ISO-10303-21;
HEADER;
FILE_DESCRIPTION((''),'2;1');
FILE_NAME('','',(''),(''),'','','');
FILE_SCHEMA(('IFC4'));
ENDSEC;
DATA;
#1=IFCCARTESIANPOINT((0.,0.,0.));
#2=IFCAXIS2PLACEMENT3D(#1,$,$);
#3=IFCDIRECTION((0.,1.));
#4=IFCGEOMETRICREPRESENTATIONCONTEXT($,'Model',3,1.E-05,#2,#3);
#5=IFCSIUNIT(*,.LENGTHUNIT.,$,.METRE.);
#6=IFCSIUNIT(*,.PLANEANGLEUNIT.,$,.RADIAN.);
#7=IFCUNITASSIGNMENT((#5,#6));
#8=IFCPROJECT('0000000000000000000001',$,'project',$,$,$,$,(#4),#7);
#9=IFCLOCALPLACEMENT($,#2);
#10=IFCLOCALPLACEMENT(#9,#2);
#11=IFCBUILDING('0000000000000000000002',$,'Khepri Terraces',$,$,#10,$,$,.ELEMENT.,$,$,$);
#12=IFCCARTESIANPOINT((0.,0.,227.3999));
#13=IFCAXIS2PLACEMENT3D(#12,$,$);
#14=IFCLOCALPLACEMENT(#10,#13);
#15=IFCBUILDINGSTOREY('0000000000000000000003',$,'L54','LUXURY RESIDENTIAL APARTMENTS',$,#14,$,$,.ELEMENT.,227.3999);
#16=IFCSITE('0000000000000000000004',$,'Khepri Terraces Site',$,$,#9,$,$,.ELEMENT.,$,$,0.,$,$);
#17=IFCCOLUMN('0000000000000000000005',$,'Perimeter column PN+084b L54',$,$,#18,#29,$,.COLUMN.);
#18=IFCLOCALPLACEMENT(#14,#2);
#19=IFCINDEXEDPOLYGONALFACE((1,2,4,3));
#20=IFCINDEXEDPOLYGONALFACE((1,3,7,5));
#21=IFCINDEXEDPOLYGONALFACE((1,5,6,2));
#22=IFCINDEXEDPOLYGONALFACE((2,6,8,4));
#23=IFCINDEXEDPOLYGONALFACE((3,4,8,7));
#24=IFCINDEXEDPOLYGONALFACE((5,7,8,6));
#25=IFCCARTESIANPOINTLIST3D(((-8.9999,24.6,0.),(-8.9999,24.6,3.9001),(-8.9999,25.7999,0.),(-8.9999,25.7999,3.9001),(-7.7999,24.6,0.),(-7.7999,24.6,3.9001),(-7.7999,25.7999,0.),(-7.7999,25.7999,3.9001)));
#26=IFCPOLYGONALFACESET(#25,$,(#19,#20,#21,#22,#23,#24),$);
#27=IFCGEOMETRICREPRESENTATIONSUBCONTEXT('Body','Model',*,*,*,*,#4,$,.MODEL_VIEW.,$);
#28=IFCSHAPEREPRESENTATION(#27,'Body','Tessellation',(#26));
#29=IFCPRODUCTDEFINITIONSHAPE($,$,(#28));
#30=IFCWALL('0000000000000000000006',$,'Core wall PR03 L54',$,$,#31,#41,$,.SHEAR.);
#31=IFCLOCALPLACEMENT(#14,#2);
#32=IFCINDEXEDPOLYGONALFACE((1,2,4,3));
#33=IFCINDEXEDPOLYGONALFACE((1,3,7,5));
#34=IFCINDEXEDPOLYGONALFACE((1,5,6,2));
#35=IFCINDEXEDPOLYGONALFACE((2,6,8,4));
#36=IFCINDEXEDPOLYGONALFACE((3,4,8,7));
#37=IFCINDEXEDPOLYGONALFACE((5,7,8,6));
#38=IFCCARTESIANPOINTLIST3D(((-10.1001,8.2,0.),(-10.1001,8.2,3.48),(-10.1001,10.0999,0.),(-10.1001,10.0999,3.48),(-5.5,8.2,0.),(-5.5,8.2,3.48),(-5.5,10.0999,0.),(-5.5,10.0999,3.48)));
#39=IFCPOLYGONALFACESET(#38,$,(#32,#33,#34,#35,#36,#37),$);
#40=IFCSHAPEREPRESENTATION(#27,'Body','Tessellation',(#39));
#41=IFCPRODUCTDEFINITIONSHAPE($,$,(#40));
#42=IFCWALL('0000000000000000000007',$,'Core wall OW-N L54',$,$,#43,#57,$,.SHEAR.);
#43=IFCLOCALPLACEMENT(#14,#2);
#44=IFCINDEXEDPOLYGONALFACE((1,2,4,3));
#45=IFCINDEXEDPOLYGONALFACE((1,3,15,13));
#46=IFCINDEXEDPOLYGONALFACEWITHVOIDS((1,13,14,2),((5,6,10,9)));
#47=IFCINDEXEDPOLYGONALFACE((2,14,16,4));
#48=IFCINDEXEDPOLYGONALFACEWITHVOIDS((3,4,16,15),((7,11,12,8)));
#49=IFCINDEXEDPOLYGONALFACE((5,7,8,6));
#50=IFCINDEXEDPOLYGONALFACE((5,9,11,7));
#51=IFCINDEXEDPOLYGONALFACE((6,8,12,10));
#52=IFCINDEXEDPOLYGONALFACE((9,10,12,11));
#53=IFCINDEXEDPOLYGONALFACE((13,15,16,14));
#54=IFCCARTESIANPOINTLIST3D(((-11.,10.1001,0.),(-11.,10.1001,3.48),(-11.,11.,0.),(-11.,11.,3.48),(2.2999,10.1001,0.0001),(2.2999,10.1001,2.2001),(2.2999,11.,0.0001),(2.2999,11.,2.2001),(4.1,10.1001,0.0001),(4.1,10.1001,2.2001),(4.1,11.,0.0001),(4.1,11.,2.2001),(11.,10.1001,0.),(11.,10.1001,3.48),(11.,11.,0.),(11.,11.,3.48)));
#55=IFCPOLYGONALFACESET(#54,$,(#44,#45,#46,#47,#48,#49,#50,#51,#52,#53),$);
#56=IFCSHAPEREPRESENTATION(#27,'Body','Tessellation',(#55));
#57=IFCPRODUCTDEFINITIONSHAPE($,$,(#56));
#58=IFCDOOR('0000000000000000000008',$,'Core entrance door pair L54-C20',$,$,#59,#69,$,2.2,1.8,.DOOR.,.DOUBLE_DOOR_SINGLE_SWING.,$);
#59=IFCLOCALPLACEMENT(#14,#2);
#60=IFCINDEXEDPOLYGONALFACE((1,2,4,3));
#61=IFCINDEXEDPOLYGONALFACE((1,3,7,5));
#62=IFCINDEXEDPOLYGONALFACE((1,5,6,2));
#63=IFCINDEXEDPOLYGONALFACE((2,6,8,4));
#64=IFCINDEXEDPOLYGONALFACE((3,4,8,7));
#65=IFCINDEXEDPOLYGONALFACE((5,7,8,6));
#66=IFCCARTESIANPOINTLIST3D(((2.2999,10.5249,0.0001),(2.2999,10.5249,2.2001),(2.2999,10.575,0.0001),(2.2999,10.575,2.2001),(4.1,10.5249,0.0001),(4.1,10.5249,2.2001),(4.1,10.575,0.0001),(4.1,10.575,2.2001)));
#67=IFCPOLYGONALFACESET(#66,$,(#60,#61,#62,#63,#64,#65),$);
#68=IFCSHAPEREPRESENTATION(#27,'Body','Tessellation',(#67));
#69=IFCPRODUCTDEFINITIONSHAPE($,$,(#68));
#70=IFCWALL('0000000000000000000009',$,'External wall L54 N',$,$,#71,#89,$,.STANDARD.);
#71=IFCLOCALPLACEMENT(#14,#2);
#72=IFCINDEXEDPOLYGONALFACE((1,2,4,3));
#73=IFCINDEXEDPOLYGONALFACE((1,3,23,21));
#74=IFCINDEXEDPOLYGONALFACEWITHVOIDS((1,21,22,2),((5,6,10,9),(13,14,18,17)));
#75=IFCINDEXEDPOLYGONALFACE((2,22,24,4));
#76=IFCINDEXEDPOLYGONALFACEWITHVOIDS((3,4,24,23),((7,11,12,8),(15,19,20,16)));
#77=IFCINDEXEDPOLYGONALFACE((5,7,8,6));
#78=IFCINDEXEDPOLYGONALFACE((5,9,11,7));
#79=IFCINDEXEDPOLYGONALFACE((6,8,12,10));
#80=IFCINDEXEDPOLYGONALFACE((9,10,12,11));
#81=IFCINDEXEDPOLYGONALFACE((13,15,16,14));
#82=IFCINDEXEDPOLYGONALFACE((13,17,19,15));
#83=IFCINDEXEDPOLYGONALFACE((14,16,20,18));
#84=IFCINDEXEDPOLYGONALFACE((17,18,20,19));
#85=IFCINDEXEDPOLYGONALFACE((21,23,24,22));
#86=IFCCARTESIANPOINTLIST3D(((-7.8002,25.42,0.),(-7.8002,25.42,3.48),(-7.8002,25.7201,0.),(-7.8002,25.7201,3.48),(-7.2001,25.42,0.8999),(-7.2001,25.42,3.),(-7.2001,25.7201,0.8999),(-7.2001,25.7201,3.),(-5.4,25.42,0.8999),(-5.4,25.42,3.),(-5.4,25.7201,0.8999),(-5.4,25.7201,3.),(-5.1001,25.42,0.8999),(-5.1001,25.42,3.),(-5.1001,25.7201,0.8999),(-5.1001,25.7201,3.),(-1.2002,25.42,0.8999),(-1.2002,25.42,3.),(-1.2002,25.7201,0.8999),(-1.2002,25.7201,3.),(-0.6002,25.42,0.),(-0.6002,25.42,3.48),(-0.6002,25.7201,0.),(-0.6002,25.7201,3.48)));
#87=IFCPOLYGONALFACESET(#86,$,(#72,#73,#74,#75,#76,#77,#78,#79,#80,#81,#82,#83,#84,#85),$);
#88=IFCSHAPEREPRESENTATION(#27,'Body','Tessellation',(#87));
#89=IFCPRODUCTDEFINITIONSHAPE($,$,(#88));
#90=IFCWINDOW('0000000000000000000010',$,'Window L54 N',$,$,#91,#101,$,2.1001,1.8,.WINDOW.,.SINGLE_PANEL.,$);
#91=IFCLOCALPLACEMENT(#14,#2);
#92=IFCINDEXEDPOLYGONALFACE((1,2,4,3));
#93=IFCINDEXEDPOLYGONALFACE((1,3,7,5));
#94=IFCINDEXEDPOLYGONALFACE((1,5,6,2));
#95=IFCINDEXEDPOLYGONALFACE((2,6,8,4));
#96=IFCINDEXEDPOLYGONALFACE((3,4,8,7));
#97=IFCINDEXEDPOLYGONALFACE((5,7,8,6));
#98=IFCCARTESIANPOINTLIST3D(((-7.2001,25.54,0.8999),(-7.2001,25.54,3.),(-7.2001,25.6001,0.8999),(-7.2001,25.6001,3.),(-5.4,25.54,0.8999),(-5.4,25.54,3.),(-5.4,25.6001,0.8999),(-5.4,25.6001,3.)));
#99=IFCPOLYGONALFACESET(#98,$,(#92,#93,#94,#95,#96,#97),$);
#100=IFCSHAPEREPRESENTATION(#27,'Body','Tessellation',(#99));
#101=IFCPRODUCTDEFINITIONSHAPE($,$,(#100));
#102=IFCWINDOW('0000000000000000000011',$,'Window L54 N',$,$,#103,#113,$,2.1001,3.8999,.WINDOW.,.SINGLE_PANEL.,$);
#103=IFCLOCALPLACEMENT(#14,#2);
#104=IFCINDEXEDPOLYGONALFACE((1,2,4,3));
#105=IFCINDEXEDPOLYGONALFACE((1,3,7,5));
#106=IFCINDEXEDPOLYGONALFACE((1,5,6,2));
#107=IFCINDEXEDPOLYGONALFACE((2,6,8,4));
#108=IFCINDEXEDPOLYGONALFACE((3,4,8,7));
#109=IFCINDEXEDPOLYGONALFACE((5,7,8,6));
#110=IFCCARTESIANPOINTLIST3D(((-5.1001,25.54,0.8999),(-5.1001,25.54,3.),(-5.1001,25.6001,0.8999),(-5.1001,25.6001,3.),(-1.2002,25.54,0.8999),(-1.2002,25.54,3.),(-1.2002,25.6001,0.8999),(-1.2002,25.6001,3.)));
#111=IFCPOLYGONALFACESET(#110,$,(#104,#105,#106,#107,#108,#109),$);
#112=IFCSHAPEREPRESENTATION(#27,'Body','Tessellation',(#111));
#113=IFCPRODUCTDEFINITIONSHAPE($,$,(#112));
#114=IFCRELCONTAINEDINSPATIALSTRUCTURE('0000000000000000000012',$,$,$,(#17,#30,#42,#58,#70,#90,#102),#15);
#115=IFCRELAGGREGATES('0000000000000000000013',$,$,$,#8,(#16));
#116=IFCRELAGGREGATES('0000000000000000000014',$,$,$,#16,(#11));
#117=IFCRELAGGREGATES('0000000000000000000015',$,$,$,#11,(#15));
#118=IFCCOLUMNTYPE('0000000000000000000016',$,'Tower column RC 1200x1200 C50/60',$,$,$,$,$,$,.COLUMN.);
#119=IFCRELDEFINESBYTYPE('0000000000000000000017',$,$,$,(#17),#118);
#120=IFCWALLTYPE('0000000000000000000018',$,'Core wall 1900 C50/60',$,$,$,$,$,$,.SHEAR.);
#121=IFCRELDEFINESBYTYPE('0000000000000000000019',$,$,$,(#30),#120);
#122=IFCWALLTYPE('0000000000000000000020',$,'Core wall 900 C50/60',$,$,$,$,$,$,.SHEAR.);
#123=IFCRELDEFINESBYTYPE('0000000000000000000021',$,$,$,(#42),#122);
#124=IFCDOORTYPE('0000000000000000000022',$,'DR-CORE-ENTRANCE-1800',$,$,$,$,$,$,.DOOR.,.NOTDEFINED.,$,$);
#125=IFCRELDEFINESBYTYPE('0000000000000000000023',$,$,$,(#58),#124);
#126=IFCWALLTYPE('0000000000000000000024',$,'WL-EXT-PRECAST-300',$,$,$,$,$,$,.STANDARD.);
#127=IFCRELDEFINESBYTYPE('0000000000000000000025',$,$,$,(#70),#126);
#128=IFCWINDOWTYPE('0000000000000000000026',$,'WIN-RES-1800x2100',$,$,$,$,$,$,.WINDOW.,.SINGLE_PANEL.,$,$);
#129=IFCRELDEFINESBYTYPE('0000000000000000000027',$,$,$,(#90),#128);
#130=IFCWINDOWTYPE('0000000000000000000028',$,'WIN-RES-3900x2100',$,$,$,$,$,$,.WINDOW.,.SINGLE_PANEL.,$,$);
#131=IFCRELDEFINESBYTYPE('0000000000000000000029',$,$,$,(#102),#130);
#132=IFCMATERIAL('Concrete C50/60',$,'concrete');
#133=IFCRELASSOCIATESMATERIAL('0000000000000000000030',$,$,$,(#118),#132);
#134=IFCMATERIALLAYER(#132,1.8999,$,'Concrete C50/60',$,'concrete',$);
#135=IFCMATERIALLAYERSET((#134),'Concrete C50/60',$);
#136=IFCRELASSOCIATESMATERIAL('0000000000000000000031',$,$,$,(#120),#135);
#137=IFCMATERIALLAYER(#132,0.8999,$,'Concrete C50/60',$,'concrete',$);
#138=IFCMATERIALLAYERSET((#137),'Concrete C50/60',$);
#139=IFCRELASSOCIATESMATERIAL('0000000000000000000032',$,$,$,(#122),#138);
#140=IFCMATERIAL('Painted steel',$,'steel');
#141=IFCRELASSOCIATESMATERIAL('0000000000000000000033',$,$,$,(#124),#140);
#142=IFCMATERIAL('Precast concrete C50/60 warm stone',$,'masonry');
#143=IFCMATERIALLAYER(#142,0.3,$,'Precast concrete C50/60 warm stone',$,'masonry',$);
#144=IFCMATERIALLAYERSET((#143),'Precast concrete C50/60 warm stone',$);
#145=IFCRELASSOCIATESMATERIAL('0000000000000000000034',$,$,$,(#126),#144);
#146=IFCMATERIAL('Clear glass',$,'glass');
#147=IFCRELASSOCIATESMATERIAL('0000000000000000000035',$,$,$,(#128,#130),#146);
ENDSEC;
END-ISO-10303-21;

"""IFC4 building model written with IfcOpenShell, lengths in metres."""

from ifc_helpers import new_model, si_unit, direction, frame, frame_2d, origin, origin_2d, place, context, subcontext, project, spatial, rectangle, extrude, material, layer, layer_set, material_profile, profile_set, type_object, element, fill, save


model = new_model("IFC4")

# Units and contexts
model_context = context("Model", 3, precision=1e-05, world=origin(), true_north=direction((0.0, 1.0)))
body_context = subcontext(model_context, "Body", "Model", "MODEL_VIEW")
ifc_project = project(units=[si_unit("LENGTHUNIT", "METRE"), si_unit("PLANEANGLEUNIT", "RADIAN")], contexts=[model_context])

# Site, building, storey
site_placement = place(None, origin())
site = spatial("IfcSite", under=ifc_project, at=site_placement, Name="Khepri Terraces Site", CompositionType="ELEMENT", RefElevation=0.0)
building_placement = place(site_placement, origin())
building = spatial("IfcBuilding", under=site, at=building_placement, Name="Khepri Terraces", CompositionType="ELEMENT")
storey_placement = place(building_placement, frame((0.0, 0.0, 227.3999)))
storey = spatial("IfcBuildingStorey", under=building, at=storey_placement, Name="L54", Description="LUXURY RESIDENTIAL APARTMENTS", CompositionType="ELEMENT", Elevation=227.3999)

# Column
ifc_material_1 = material(Name="Concrete C50/60", Category="concrete")
ifc_material_profile = material_profile(ifc_material_1, rectangle(XDim=1.2, YDim=1.2, at=origin_2d()), Name="Concrete C50/60", Category="concrete")
ifc_profile_set = profile_set([ifc_material_profile], Name="Concrete C50/60")
column_type = type_object("IfcColumnType", Name="Tower column RC 1200x1200 C50/60", PredefinedType="COLUMN", material=ifc_profile_set)
column_placement = place(storey_placement, frame((-8.3999, 25.2, 0.0), z_axis=(0.0, 0.0, 1.0), x_axis=(1.0, 0.0, 0.0)))
element("IfcColumn", 1, at=column_placement, inside=storey, type_object=column_type, Name="Perimeter column PN+084b L54", PredefinedType="COLUMN", context=body_context, shape_type="SweptSolid", body=[
    extrude(rectangle(XDim=1.2, YDim=1.2, at=origin_2d()), origin(), (0.0, 0.0, 1.0), 3.9001),
])

# Wall
ifc_layer_1 = layer(ifc_material_1, 1.8999, Name="Concrete C50/60", Category="concrete")
ifc_layer_set_1 = layer_set([ifc_layer_1], Name="Concrete C50/60")
wall_type_1 = type_object("IfcWallType", Name="Core wall 1900 C50/60", PredefinedType="SHEAR", material=ifc_layer_set_1)
wall_1_placement = place(storey_placement, frame((-10.1001, 9.1499, 0.0), z_axis=(0.0, 0.0, 1.0), x_axis=(1.0, 0.0, 0.0)))
element("IfcWall", 2, at=wall_1_placement, inside=storey, type_object=wall_type_1, Name="Core wall PR03 L54", PredefinedType="SHEAR", context=body_context, shape_type="SweptSolid", body=[
    extrude(rectangle(XDim=4.6001, YDim=1.8999, at=frame_2d((2.3, 0.0))), origin(), (0.0, 0.0, 1.0), 3.48),
])

# Wall, opening, door
ifc_layer_2 = layer(ifc_material_1, 0.8999, Name="Concrete C50/60", Category="concrete")
ifc_layer_set_2 = layer_set([ifc_layer_2], Name="Concrete C50/60")
wall_type_2 = type_object("IfcWallType", Name="Core wall 900 C50/60", PredefinedType="SHEAR", material=ifc_layer_set_2)
wall_2_placement = place(storey_placement, frame((-11.0, 10.55, 0.0), z_axis=(0.0, 0.0, 1.0), x_axis=(1.0, 0.0, 0.0)))
wall_2 = element("IfcWall", 3, at=wall_2_placement, inside=storey, type_object=wall_type_2, Name="Core wall OW-N L54", PredefinedType="SHEAR", context=body_context, shape_type="SweptSolid", body=[
    extrude(rectangle(XDim=22.0, YDim=0.8999, at=frame_2d((11.0, 0.0))), origin(), (0.0, 0.0, 1.0), 3.48),
])
opening_1_placement = place(wall_2_placement, frame((13.3, 0.0, 0.0)))
opening_1 = element("IfcOpeningElement", 4, at=opening_1_placement, cuts=wall_2, PredefinedType="OPENING", context=body_context, shape_type="SweptSolid", body=[
    extrude(rectangle(XDim=1.8, YDim=2.2, at=frame_2d((0.8999, 1.1001))), frame((0.0, 0.46, 0.0), z_axis=(0.0, -1.0, 0.0), x_axis=(1.0, 0.0, 0.0)), (0.0, 0.0, 1.0), 0.9199),
])
ifc_material_2 = material(Name="Painted steel", Category="steel")
door_type_1 = type_object("IfcDoorType", Name="DR-CORE-ENTRANCE-1800", OperationType="NOTDEFINED", PredefinedType="DOOR", material=ifc_material_2)
door_1_placement = place(opening_1_placement, origin())
door_1 = element("IfcDoor", 5, at=door_1_placement, inside=storey, type_object=door_type_1, Name="Core entrance door pair L54-C20", OperationType="DOUBLE_DOOR_SINGLE_SWING", OverallHeight=2.2, OverallWidth=1.8, PredefinedType="DOOR", context=body_context, shape_type="SweptSolid", body=[
    extrude(rectangle(XDim=1.8, YDim=2.2, at=frame_2d((0.8999, 1.1001))), frame((0.0, 0.0249, 0.0), z_axis=(0.0, -1.0, 0.0), x_axis=(1.0, 0.0, 0.0)), (0.0, 0.0, 1.0), 0.05),
])
fill(opening_1, door_1)

# Wall, openings, windows
ifc_material_3 = material(Name="Precast concrete C50/60 warm stone", Category="masonry")
ifc_layer_3 = layer(ifc_material_3, 0.3, Name="Precast concrete C50/60 warm stone", Category="masonry")
ifc_layer_set_3 = layer_set([ifc_layer_3], Name="Precast concrete C50/60 warm stone")
wall_type_3 = type_object("IfcWallType", Name="WL-EXT-PRECAST-300", PredefinedType="STANDARD", material=ifc_layer_set_3)
wall_3_placement = place(storey_placement, frame((-0.6001, 25.5701, 0.0), z_axis=(0.0, 0.0, 1.0), x_axis=(-1.0, 0.0, 0.0)))
wall_3 = element("IfcWall", 6, at=wall_3_placement, inside=storey, type_object=wall_type_3, Name="External wall L54 N", PredefinedType="STANDARD", context=body_context, shape_type="SweptSolid", body=[
    extrude(rectangle(XDim=7.2, YDim=0.3, at=frame_2d((3.6001, 0.0))), origin(), (0.0, 0.0, 1.0), 3.48),
])
opening_2_placement = place(wall_3_placement, frame((0.6001, 0.0, 0.8999)))
opening_2 = element("IfcOpeningElement", 7, at=opening_2_placement, cuts=wall_3, PredefinedType="OPENING", context=body_context, shape_type="SweptSolid", body=[
    extrude(rectangle(XDim=3.8999, YDim=2.1001, at=frame_2d((1.95, 1.05))), frame((0.0, 0.1602, 0.0), z_axis=(0.0, -1.0, 0.0), x_axis=(1.0, 0.0, 0.0)), (0.0, 0.0, 1.0), 0.3201),
])
opening_3_placement = place(wall_3_placement, frame((4.8, 0.0, 0.8999)))
opening_3 = element("IfcOpeningElement", 8, at=opening_3_placement, cuts=wall_3, PredefinedType="OPENING", context=body_context, shape_type="SweptSolid", body=[
    extrude(rectangle(XDim=1.8, YDim=2.1001, at=frame_2d((0.8999, 1.05))), frame((0.0, 0.1602, 0.0), z_axis=(0.0, -1.0, 0.0), x_axis=(1.0, 0.0, 0.0)), (0.0, 0.0, 1.0), 0.3201),
])
ifc_material_4 = material(Name="Clear glass", Category="glass")
window_type_1 = type_object("IfcWindowType", Name="WIN-RES-1800x2100", PartitioningType="SINGLE_PANEL", PredefinedType="WINDOW", material=ifc_material_4)
window_1_placement = place(opening_3_placement, origin())
window_1 = element("IfcWindow", 9, at=window_1_placement, inside=storey, type_object=window_type_1, Name="Window L54 N", OverallHeight=2.1001, OverallWidth=1.8, PartitioningType="SINGLE_PANEL", PredefinedType="WINDOW", context=body_context, shape_type="SweptSolid", body=[
    extrude(rectangle(XDim=1.8, YDim=2.1001, at=frame_2d((0.8999, 1.05))), frame((0.0, 0.03, 0.0), z_axis=(0.0, -1.0, 0.0), x_axis=(1.0, 0.0, 0.0)), (0.0, 0.0, 1.0), 0.0601),
])
fill(opening_3, window_1)
window_type_2 = type_object("IfcWindowType", Name="WIN-RES-3900x2100", PartitioningType="SINGLE_PANEL", PredefinedType="WINDOW", material=ifc_material_4)
window_2_placement = place(opening_2_placement, origin())
window_2 = element("IfcWindow", 10, at=window_2_placement, inside=storey, type_object=window_type_2, Name="Window L54 N", OverallHeight=2.1001, OverallWidth=3.8999, PartitioningType="SINGLE_PANEL", PredefinedType="WINDOW", context=body_context, shape_type="SweptSolid", body=[
    extrude(rectangle(XDim=3.8999, YDim=2.1001, at=frame_2d((1.95, 1.05))), frame((0.0, 0.03, 0.0), z_axis=(0.0, -1.0, 0.0), x_axis=(1.0, 0.0, 0.0)), (0.0, 0.0, 1.0), 0.0601),
])
fill(opening_2, window_2)

save(model, "model.ifc")
